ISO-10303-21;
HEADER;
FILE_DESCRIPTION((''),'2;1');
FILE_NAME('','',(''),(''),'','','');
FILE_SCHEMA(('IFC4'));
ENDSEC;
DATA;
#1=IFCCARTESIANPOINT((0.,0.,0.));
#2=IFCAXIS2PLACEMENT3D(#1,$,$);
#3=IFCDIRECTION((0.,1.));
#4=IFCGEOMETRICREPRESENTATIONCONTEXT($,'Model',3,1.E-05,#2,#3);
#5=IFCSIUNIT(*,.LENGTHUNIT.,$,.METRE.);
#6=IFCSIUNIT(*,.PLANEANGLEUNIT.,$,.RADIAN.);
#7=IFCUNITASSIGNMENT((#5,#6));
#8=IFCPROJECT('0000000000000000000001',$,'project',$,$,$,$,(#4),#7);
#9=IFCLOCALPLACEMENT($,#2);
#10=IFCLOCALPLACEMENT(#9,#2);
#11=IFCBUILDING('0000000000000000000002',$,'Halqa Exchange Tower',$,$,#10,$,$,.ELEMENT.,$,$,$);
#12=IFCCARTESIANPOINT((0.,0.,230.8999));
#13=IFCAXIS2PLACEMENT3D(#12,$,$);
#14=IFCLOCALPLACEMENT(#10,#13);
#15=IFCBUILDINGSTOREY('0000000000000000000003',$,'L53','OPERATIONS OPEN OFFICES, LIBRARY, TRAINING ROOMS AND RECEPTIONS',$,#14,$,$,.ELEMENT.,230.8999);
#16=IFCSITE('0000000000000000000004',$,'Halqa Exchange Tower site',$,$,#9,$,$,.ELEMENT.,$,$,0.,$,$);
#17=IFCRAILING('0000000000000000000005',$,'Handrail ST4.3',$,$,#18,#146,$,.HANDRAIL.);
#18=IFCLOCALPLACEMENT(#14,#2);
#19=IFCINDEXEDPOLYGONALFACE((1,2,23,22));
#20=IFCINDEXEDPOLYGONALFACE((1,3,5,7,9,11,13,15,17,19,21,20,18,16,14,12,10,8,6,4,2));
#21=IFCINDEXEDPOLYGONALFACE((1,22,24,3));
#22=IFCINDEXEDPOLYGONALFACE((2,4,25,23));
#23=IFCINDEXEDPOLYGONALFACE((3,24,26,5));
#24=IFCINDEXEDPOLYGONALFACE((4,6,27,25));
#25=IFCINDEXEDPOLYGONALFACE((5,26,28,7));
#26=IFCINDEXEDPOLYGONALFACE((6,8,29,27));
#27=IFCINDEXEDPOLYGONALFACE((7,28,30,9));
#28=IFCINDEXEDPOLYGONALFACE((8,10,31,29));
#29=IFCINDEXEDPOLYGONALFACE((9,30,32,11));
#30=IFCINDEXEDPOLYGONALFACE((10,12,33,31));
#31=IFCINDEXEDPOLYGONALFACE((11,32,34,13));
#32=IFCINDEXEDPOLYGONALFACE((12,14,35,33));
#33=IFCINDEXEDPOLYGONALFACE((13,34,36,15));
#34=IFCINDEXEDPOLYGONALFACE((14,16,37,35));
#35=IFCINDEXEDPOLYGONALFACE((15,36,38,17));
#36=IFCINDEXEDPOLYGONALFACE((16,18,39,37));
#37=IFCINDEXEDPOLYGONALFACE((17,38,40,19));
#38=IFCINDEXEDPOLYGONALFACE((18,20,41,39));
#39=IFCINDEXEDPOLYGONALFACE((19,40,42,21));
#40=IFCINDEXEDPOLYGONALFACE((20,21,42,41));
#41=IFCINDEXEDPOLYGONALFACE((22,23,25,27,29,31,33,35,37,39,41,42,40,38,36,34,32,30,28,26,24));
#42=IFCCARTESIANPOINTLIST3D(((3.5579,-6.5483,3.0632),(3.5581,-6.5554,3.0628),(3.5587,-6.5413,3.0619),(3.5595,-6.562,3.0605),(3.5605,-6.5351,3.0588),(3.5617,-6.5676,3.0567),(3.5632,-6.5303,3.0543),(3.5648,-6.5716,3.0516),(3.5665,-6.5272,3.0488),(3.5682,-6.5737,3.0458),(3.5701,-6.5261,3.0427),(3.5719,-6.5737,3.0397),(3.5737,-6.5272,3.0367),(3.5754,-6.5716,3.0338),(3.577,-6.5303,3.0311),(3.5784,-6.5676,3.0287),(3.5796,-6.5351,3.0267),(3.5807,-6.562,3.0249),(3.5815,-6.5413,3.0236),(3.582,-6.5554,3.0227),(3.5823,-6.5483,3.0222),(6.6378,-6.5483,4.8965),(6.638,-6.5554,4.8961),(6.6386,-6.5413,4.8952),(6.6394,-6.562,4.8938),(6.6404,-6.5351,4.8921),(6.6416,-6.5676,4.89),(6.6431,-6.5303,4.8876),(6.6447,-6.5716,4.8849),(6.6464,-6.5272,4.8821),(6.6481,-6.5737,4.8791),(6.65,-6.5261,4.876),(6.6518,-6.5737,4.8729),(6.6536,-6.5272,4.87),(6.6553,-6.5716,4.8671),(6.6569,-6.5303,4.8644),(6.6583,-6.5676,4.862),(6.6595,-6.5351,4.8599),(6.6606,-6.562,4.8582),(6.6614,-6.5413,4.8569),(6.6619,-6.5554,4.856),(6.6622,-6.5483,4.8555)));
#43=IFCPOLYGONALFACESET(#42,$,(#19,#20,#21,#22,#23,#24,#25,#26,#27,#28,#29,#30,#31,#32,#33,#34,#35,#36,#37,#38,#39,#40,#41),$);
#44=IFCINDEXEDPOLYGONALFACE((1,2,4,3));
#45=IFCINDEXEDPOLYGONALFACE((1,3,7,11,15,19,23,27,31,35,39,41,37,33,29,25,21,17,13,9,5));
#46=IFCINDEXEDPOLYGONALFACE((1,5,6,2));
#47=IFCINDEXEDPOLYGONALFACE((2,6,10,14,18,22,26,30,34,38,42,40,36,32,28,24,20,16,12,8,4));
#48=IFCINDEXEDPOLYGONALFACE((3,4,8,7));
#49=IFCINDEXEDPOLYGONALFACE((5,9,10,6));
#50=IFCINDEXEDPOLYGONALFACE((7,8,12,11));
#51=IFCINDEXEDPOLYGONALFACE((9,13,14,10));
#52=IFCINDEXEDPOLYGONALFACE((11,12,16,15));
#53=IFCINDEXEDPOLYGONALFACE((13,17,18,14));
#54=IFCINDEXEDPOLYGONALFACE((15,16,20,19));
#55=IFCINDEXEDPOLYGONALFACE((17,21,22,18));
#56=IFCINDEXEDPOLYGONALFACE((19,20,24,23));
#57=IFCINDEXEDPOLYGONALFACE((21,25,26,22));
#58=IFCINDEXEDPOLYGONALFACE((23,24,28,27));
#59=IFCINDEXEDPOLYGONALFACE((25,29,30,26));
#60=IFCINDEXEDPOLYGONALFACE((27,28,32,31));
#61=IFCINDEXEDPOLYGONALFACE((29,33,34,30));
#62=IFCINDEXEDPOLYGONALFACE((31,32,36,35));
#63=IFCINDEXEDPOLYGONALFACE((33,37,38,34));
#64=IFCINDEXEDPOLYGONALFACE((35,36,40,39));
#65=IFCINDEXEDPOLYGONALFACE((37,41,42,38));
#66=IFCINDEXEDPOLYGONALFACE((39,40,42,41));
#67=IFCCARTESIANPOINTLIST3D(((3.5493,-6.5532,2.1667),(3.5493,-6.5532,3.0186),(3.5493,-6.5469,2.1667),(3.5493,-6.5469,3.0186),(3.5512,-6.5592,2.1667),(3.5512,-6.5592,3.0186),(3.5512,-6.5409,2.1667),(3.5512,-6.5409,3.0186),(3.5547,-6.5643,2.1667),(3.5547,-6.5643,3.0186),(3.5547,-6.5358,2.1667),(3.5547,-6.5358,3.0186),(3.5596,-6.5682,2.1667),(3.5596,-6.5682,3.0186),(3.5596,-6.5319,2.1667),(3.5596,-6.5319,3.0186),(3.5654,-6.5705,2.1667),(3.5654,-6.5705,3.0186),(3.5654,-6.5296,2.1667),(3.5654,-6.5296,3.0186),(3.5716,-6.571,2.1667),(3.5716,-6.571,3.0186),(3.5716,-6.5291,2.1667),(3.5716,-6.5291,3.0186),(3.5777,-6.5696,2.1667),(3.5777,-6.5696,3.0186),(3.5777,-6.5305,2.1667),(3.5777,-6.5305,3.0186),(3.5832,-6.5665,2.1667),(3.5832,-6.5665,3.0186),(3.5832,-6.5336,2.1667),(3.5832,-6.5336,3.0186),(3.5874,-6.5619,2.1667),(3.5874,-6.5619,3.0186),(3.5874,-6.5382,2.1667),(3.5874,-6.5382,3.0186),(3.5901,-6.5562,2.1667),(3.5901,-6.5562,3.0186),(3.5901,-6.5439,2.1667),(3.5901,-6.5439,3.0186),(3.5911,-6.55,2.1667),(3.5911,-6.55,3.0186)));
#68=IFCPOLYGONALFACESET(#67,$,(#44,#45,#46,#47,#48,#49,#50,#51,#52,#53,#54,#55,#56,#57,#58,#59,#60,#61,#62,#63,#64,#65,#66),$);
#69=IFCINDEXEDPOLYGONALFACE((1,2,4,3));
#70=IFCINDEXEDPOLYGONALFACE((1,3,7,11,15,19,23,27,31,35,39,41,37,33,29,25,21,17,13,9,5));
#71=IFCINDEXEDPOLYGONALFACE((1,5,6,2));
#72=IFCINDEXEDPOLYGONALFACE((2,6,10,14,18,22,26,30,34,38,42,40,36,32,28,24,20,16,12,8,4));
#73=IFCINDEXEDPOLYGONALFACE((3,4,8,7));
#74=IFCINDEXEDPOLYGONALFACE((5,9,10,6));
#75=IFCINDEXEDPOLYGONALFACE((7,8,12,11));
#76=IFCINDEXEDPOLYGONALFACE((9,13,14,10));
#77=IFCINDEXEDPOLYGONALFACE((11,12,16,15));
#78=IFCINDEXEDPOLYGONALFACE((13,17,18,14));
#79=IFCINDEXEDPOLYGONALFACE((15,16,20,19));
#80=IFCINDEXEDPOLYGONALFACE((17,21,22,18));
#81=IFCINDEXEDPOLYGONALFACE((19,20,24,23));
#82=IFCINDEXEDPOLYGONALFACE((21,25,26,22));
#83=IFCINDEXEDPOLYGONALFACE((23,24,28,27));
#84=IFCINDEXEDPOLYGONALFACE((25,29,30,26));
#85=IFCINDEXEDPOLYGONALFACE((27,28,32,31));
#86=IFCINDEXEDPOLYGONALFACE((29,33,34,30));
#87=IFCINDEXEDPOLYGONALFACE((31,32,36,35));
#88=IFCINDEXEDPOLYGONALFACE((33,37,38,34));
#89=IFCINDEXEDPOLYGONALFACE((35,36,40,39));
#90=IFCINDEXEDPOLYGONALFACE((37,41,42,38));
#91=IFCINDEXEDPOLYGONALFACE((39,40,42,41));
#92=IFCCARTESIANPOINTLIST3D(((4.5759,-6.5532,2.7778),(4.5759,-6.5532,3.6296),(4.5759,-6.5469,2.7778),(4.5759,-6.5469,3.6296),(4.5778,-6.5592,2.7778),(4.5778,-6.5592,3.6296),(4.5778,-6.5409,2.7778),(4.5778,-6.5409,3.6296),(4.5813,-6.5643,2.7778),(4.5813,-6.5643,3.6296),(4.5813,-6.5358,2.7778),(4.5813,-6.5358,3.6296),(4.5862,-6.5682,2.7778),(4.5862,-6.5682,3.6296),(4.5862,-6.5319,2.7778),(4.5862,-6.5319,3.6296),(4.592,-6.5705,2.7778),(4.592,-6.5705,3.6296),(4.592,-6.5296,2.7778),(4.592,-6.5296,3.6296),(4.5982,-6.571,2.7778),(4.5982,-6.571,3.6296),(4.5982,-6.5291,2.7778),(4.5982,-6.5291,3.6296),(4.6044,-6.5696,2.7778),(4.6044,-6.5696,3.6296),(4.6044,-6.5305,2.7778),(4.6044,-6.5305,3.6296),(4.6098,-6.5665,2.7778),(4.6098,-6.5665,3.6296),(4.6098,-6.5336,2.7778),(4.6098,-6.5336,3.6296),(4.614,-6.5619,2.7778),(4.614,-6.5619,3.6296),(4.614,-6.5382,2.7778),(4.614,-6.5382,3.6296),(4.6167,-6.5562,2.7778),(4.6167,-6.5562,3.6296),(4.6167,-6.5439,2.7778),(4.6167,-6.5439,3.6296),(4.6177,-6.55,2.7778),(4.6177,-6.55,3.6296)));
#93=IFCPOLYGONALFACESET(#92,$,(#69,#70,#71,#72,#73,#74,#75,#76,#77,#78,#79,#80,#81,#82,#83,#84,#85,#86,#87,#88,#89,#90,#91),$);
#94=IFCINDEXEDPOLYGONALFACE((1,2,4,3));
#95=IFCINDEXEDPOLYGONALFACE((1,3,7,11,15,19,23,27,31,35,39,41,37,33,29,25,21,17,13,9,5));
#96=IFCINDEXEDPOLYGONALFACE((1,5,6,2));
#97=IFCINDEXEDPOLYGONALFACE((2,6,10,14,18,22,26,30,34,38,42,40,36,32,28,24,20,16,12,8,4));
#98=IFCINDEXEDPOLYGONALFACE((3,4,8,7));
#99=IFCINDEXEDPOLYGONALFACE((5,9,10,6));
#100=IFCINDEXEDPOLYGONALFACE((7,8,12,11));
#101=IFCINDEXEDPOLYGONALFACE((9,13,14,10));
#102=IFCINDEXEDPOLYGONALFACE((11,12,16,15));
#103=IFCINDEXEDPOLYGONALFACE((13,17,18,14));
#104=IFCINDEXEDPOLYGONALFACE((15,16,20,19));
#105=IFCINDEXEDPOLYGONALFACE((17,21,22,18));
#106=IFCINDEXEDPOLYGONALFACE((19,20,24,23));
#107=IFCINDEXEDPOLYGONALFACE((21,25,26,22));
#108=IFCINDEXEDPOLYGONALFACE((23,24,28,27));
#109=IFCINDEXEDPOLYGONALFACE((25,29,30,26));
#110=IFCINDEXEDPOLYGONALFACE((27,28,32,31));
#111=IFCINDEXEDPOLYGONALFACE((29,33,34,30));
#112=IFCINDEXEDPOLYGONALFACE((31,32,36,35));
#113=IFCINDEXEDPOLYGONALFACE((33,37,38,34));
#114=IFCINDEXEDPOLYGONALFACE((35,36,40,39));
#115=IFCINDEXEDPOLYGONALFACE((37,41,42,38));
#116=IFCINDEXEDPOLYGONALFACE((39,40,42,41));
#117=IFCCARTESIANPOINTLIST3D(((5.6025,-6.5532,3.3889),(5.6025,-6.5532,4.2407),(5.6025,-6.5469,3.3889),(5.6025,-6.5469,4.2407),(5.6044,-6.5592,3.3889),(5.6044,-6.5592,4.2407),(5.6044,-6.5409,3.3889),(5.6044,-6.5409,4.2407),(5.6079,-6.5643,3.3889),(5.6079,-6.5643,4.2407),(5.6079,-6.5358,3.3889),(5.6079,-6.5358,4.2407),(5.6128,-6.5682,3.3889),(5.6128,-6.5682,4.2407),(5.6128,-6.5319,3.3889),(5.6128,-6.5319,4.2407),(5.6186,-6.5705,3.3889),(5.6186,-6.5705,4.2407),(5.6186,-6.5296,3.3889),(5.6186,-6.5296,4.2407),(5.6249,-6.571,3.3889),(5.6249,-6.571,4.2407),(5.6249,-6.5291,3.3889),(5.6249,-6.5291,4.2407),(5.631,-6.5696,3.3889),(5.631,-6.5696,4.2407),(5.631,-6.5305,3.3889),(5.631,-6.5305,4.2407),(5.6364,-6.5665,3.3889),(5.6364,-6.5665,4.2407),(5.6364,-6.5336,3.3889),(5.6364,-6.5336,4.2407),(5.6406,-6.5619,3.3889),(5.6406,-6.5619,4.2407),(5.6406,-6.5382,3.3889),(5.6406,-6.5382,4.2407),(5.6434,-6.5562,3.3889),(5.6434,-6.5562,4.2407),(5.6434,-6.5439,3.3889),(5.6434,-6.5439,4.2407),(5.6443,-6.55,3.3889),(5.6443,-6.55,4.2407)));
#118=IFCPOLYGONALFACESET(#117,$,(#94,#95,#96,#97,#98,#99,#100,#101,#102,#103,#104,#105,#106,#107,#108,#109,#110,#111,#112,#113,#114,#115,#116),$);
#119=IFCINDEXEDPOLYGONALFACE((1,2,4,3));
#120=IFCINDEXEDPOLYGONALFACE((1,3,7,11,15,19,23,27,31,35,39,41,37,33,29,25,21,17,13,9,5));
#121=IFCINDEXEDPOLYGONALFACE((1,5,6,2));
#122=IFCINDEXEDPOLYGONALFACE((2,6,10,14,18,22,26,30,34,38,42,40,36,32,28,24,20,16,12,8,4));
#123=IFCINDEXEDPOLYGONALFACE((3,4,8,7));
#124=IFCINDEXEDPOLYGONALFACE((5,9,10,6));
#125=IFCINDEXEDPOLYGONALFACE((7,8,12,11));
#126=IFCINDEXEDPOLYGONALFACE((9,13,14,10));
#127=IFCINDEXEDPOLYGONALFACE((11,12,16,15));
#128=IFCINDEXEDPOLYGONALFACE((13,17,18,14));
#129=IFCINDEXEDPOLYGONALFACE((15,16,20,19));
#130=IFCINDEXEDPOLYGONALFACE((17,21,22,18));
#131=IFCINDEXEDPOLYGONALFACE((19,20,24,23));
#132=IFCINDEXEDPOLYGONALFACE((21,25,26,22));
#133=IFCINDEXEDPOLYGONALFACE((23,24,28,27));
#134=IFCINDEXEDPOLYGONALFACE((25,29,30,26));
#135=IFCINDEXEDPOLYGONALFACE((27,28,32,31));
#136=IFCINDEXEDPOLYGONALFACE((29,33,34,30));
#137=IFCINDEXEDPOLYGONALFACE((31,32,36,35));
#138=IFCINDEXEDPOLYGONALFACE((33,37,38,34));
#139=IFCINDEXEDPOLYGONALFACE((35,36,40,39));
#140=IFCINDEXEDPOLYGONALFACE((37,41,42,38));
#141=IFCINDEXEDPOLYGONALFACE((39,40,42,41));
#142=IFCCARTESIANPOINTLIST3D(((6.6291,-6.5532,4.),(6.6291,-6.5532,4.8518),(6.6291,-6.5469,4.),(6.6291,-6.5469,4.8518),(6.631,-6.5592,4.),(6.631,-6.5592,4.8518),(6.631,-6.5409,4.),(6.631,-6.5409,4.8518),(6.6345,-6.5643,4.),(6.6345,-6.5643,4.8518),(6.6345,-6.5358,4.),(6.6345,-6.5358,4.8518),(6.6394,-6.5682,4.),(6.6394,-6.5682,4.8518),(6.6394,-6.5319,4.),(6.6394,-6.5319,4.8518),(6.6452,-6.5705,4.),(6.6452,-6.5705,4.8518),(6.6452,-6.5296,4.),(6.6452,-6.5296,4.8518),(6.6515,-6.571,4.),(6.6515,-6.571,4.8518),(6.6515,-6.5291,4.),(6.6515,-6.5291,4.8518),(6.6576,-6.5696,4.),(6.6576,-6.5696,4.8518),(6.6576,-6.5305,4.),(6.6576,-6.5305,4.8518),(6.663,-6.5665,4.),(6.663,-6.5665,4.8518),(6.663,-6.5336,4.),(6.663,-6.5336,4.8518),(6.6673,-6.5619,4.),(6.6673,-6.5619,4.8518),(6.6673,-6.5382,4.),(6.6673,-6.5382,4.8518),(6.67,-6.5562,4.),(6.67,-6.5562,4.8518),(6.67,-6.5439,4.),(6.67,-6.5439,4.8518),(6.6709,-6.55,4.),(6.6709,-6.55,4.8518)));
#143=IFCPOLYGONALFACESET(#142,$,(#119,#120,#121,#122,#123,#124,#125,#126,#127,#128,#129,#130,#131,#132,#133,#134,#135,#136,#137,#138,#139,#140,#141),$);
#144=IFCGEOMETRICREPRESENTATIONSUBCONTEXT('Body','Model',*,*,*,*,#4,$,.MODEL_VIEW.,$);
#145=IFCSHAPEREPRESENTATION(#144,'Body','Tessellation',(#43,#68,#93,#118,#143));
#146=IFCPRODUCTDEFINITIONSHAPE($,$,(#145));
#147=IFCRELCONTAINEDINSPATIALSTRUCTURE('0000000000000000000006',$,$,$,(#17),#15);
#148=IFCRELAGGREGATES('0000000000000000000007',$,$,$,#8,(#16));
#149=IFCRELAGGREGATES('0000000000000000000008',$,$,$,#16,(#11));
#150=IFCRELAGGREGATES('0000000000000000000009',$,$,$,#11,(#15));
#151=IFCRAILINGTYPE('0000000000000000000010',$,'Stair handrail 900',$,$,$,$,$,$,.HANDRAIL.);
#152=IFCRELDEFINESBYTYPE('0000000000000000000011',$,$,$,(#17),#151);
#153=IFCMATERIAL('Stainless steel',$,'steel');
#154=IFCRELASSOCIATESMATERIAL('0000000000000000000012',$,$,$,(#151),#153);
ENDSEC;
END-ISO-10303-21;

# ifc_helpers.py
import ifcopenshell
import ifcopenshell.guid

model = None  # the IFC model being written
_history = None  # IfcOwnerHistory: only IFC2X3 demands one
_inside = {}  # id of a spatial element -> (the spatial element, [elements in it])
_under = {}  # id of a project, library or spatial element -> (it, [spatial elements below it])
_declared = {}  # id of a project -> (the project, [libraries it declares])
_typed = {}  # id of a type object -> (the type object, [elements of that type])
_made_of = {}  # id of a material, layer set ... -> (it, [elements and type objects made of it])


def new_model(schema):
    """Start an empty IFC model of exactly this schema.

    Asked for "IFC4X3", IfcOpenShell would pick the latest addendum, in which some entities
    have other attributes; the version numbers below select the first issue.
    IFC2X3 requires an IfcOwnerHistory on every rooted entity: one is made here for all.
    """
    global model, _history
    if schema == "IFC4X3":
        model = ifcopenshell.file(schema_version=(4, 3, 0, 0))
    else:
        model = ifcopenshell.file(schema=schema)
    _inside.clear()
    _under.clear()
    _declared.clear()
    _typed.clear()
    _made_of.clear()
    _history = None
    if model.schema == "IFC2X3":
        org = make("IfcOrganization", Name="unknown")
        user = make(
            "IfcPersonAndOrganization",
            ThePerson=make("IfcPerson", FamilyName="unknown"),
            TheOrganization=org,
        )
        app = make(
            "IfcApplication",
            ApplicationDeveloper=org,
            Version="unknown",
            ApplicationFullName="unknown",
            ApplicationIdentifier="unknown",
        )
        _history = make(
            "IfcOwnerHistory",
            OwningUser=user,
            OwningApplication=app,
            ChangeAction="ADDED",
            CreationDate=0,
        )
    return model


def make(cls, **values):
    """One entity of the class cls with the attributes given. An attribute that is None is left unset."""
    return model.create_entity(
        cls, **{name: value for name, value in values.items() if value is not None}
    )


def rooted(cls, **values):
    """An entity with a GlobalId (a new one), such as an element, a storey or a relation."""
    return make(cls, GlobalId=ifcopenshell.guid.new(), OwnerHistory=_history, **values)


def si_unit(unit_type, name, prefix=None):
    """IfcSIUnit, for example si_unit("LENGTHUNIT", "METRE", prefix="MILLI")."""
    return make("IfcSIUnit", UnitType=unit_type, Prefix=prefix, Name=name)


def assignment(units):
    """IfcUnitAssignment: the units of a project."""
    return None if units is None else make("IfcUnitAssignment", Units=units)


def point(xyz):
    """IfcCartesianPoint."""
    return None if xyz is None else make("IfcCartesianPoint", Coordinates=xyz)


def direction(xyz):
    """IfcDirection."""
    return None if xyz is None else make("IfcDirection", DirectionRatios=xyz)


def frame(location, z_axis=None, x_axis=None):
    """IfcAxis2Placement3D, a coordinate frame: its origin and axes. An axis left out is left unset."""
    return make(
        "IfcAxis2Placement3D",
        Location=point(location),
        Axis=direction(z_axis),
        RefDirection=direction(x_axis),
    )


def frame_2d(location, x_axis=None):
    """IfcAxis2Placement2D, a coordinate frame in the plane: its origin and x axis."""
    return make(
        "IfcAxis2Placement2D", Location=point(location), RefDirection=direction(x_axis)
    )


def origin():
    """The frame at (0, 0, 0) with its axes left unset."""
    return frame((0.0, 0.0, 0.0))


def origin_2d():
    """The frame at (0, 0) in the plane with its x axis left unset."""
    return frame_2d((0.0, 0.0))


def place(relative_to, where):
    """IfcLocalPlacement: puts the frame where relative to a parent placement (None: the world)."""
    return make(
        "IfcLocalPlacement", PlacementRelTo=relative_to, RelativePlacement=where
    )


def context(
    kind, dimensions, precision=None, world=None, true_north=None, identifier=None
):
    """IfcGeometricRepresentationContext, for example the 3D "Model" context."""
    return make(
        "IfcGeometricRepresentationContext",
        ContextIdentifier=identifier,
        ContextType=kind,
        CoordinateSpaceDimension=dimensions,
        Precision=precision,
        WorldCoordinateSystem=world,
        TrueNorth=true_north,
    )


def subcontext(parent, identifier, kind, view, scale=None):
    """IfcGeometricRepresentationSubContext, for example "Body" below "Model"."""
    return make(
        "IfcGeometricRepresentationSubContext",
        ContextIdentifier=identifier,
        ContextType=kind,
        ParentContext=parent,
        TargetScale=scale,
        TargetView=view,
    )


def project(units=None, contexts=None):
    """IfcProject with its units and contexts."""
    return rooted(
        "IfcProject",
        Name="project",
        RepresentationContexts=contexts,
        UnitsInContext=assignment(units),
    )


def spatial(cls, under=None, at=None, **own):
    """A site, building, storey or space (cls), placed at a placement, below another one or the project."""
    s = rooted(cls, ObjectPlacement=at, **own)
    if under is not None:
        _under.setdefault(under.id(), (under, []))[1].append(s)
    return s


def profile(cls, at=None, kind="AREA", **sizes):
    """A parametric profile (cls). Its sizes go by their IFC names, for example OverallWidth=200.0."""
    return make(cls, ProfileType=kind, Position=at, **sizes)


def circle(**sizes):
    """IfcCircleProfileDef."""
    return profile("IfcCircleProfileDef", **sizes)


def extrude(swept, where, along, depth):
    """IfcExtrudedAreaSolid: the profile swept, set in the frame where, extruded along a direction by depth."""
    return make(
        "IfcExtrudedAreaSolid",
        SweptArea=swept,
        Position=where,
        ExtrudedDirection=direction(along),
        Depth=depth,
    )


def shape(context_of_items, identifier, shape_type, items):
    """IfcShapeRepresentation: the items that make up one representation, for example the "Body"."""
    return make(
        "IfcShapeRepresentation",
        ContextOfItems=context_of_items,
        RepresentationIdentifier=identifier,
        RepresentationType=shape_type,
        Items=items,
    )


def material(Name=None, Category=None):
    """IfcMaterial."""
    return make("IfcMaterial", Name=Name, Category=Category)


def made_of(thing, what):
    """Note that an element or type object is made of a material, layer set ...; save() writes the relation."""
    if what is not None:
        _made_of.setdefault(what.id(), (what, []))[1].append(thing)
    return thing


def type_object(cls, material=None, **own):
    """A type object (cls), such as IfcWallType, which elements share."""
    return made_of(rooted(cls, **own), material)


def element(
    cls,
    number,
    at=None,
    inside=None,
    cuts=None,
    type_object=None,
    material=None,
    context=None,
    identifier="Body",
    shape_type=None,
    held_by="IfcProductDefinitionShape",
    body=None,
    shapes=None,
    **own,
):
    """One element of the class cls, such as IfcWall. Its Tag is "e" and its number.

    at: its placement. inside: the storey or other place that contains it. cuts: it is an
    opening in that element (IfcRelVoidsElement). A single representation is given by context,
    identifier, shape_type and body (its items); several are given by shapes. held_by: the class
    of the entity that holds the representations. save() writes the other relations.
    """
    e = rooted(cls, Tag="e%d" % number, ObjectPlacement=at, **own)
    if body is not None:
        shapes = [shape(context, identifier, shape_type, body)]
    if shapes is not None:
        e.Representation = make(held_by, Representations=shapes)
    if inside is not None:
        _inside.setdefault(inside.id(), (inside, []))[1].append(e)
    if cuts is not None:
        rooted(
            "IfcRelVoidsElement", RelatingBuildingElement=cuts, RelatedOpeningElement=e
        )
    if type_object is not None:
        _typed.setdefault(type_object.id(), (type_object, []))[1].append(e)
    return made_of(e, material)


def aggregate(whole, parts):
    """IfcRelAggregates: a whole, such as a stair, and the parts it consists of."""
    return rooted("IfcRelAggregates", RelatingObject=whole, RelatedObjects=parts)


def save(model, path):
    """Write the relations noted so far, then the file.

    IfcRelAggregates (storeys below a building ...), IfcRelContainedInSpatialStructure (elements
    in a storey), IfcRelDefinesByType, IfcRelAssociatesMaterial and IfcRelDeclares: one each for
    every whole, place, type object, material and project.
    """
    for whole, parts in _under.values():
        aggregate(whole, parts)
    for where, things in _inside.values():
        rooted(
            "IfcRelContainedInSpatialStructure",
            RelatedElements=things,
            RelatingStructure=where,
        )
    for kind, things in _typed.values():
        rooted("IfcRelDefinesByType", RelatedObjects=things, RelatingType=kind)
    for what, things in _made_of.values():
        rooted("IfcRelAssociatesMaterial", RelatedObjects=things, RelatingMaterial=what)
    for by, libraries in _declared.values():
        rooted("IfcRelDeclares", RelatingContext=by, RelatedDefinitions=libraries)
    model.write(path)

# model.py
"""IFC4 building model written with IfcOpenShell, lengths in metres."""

from ifc_helpers import new_model, si_unit, direction, frame, origin, origin_2d, place, context, subcontext, project, spatial, circle, extrude, material, type_object, element, save


model = new_model("IFC4")

# Units and contexts
model_context = context("Model", 3, precision=1e-05, world=origin(), true_north=direction((0.0, 1.0)))
body_context = subcontext(model_context, "Body", "Model", "MODEL_VIEW")
ifc_project = project(units=[si_unit("LENGTHUNIT", "METRE"), si_unit("PLANEANGLEUNIT", "RADIAN")], contexts=[model_context])

# Site, building, storey
site_placement = place(None, origin())
site = spatial("IfcSite", under=ifc_project, at=site_placement, Name="Halqa Exchange Tower site", CompositionType="ELEMENT", RefElevation=0.0)
building_placement = place(site_placement, origin())
building = spatial("IfcBuilding", under=site, at=building_placement, Name="Halqa Exchange Tower", CompositionType="ELEMENT")
storey_placement = place(building_placement, frame((0.0, 0.0, 230.8999)))
storey = spatial("IfcBuildingStorey", under=building, at=storey_placement, Name="L53", Description="OPERATIONS OPEN OFFICES, LIBRARY, TRAINING ROOMS AND RECEPTIONS", CompositionType="ELEMENT", Elevation=230.8999)

# Railing
ifc_material_1 = material(Name="Stainless steel", Category="steel")
railing_type_1 = type_object("IfcRailingType", Name="Stair handrail 900", PredefinedType="HANDRAIL", material=ifc_material_1)
railing_1_placement = place(storey_placement, frame((3.5701, -6.55, 2.1667)))
element("IfcRailing", 1, at=railing_1_placement, inside=storey, type_object=railing_type_1, Name="Handrail ST4.3", PredefinedType="HANDRAIL", context=body_context, shape_type="SweptSolid", body=[
    extrude(circle(Radius=0.0239, at=origin_2d()), frame((0.0, 0.0, 0.876), z_axis=(0.859291, 0.0, 0.511487), x_axis=(0.0, 1.0, 0.0)), (0.0, 0.0, 1.0), 3.5842),
    extrude(circle(Radius=0.021, at=origin_2d()), origin(), (0.0, 0.0, 1.0), 0.8518),
    extrude(circle(Radius=0.021, at=origin_2d()), frame((1.0266, 0.0, 0.6111)), (0.0, 0.0, 1.0), 0.8518),
    extrude(circle(Radius=0.021, at=origin_2d()), frame((2.0532, 0.0, 1.2222)), (0.0, 0.0, 1.0), 0.8518),
    extrude(circle(Radius=0.021, at=origin_2d()), frame((3.0798, 0.0, 1.8333)), (0.0, 0.0, 1.0), 0.8518),
])

save(model, "model.ifc")
